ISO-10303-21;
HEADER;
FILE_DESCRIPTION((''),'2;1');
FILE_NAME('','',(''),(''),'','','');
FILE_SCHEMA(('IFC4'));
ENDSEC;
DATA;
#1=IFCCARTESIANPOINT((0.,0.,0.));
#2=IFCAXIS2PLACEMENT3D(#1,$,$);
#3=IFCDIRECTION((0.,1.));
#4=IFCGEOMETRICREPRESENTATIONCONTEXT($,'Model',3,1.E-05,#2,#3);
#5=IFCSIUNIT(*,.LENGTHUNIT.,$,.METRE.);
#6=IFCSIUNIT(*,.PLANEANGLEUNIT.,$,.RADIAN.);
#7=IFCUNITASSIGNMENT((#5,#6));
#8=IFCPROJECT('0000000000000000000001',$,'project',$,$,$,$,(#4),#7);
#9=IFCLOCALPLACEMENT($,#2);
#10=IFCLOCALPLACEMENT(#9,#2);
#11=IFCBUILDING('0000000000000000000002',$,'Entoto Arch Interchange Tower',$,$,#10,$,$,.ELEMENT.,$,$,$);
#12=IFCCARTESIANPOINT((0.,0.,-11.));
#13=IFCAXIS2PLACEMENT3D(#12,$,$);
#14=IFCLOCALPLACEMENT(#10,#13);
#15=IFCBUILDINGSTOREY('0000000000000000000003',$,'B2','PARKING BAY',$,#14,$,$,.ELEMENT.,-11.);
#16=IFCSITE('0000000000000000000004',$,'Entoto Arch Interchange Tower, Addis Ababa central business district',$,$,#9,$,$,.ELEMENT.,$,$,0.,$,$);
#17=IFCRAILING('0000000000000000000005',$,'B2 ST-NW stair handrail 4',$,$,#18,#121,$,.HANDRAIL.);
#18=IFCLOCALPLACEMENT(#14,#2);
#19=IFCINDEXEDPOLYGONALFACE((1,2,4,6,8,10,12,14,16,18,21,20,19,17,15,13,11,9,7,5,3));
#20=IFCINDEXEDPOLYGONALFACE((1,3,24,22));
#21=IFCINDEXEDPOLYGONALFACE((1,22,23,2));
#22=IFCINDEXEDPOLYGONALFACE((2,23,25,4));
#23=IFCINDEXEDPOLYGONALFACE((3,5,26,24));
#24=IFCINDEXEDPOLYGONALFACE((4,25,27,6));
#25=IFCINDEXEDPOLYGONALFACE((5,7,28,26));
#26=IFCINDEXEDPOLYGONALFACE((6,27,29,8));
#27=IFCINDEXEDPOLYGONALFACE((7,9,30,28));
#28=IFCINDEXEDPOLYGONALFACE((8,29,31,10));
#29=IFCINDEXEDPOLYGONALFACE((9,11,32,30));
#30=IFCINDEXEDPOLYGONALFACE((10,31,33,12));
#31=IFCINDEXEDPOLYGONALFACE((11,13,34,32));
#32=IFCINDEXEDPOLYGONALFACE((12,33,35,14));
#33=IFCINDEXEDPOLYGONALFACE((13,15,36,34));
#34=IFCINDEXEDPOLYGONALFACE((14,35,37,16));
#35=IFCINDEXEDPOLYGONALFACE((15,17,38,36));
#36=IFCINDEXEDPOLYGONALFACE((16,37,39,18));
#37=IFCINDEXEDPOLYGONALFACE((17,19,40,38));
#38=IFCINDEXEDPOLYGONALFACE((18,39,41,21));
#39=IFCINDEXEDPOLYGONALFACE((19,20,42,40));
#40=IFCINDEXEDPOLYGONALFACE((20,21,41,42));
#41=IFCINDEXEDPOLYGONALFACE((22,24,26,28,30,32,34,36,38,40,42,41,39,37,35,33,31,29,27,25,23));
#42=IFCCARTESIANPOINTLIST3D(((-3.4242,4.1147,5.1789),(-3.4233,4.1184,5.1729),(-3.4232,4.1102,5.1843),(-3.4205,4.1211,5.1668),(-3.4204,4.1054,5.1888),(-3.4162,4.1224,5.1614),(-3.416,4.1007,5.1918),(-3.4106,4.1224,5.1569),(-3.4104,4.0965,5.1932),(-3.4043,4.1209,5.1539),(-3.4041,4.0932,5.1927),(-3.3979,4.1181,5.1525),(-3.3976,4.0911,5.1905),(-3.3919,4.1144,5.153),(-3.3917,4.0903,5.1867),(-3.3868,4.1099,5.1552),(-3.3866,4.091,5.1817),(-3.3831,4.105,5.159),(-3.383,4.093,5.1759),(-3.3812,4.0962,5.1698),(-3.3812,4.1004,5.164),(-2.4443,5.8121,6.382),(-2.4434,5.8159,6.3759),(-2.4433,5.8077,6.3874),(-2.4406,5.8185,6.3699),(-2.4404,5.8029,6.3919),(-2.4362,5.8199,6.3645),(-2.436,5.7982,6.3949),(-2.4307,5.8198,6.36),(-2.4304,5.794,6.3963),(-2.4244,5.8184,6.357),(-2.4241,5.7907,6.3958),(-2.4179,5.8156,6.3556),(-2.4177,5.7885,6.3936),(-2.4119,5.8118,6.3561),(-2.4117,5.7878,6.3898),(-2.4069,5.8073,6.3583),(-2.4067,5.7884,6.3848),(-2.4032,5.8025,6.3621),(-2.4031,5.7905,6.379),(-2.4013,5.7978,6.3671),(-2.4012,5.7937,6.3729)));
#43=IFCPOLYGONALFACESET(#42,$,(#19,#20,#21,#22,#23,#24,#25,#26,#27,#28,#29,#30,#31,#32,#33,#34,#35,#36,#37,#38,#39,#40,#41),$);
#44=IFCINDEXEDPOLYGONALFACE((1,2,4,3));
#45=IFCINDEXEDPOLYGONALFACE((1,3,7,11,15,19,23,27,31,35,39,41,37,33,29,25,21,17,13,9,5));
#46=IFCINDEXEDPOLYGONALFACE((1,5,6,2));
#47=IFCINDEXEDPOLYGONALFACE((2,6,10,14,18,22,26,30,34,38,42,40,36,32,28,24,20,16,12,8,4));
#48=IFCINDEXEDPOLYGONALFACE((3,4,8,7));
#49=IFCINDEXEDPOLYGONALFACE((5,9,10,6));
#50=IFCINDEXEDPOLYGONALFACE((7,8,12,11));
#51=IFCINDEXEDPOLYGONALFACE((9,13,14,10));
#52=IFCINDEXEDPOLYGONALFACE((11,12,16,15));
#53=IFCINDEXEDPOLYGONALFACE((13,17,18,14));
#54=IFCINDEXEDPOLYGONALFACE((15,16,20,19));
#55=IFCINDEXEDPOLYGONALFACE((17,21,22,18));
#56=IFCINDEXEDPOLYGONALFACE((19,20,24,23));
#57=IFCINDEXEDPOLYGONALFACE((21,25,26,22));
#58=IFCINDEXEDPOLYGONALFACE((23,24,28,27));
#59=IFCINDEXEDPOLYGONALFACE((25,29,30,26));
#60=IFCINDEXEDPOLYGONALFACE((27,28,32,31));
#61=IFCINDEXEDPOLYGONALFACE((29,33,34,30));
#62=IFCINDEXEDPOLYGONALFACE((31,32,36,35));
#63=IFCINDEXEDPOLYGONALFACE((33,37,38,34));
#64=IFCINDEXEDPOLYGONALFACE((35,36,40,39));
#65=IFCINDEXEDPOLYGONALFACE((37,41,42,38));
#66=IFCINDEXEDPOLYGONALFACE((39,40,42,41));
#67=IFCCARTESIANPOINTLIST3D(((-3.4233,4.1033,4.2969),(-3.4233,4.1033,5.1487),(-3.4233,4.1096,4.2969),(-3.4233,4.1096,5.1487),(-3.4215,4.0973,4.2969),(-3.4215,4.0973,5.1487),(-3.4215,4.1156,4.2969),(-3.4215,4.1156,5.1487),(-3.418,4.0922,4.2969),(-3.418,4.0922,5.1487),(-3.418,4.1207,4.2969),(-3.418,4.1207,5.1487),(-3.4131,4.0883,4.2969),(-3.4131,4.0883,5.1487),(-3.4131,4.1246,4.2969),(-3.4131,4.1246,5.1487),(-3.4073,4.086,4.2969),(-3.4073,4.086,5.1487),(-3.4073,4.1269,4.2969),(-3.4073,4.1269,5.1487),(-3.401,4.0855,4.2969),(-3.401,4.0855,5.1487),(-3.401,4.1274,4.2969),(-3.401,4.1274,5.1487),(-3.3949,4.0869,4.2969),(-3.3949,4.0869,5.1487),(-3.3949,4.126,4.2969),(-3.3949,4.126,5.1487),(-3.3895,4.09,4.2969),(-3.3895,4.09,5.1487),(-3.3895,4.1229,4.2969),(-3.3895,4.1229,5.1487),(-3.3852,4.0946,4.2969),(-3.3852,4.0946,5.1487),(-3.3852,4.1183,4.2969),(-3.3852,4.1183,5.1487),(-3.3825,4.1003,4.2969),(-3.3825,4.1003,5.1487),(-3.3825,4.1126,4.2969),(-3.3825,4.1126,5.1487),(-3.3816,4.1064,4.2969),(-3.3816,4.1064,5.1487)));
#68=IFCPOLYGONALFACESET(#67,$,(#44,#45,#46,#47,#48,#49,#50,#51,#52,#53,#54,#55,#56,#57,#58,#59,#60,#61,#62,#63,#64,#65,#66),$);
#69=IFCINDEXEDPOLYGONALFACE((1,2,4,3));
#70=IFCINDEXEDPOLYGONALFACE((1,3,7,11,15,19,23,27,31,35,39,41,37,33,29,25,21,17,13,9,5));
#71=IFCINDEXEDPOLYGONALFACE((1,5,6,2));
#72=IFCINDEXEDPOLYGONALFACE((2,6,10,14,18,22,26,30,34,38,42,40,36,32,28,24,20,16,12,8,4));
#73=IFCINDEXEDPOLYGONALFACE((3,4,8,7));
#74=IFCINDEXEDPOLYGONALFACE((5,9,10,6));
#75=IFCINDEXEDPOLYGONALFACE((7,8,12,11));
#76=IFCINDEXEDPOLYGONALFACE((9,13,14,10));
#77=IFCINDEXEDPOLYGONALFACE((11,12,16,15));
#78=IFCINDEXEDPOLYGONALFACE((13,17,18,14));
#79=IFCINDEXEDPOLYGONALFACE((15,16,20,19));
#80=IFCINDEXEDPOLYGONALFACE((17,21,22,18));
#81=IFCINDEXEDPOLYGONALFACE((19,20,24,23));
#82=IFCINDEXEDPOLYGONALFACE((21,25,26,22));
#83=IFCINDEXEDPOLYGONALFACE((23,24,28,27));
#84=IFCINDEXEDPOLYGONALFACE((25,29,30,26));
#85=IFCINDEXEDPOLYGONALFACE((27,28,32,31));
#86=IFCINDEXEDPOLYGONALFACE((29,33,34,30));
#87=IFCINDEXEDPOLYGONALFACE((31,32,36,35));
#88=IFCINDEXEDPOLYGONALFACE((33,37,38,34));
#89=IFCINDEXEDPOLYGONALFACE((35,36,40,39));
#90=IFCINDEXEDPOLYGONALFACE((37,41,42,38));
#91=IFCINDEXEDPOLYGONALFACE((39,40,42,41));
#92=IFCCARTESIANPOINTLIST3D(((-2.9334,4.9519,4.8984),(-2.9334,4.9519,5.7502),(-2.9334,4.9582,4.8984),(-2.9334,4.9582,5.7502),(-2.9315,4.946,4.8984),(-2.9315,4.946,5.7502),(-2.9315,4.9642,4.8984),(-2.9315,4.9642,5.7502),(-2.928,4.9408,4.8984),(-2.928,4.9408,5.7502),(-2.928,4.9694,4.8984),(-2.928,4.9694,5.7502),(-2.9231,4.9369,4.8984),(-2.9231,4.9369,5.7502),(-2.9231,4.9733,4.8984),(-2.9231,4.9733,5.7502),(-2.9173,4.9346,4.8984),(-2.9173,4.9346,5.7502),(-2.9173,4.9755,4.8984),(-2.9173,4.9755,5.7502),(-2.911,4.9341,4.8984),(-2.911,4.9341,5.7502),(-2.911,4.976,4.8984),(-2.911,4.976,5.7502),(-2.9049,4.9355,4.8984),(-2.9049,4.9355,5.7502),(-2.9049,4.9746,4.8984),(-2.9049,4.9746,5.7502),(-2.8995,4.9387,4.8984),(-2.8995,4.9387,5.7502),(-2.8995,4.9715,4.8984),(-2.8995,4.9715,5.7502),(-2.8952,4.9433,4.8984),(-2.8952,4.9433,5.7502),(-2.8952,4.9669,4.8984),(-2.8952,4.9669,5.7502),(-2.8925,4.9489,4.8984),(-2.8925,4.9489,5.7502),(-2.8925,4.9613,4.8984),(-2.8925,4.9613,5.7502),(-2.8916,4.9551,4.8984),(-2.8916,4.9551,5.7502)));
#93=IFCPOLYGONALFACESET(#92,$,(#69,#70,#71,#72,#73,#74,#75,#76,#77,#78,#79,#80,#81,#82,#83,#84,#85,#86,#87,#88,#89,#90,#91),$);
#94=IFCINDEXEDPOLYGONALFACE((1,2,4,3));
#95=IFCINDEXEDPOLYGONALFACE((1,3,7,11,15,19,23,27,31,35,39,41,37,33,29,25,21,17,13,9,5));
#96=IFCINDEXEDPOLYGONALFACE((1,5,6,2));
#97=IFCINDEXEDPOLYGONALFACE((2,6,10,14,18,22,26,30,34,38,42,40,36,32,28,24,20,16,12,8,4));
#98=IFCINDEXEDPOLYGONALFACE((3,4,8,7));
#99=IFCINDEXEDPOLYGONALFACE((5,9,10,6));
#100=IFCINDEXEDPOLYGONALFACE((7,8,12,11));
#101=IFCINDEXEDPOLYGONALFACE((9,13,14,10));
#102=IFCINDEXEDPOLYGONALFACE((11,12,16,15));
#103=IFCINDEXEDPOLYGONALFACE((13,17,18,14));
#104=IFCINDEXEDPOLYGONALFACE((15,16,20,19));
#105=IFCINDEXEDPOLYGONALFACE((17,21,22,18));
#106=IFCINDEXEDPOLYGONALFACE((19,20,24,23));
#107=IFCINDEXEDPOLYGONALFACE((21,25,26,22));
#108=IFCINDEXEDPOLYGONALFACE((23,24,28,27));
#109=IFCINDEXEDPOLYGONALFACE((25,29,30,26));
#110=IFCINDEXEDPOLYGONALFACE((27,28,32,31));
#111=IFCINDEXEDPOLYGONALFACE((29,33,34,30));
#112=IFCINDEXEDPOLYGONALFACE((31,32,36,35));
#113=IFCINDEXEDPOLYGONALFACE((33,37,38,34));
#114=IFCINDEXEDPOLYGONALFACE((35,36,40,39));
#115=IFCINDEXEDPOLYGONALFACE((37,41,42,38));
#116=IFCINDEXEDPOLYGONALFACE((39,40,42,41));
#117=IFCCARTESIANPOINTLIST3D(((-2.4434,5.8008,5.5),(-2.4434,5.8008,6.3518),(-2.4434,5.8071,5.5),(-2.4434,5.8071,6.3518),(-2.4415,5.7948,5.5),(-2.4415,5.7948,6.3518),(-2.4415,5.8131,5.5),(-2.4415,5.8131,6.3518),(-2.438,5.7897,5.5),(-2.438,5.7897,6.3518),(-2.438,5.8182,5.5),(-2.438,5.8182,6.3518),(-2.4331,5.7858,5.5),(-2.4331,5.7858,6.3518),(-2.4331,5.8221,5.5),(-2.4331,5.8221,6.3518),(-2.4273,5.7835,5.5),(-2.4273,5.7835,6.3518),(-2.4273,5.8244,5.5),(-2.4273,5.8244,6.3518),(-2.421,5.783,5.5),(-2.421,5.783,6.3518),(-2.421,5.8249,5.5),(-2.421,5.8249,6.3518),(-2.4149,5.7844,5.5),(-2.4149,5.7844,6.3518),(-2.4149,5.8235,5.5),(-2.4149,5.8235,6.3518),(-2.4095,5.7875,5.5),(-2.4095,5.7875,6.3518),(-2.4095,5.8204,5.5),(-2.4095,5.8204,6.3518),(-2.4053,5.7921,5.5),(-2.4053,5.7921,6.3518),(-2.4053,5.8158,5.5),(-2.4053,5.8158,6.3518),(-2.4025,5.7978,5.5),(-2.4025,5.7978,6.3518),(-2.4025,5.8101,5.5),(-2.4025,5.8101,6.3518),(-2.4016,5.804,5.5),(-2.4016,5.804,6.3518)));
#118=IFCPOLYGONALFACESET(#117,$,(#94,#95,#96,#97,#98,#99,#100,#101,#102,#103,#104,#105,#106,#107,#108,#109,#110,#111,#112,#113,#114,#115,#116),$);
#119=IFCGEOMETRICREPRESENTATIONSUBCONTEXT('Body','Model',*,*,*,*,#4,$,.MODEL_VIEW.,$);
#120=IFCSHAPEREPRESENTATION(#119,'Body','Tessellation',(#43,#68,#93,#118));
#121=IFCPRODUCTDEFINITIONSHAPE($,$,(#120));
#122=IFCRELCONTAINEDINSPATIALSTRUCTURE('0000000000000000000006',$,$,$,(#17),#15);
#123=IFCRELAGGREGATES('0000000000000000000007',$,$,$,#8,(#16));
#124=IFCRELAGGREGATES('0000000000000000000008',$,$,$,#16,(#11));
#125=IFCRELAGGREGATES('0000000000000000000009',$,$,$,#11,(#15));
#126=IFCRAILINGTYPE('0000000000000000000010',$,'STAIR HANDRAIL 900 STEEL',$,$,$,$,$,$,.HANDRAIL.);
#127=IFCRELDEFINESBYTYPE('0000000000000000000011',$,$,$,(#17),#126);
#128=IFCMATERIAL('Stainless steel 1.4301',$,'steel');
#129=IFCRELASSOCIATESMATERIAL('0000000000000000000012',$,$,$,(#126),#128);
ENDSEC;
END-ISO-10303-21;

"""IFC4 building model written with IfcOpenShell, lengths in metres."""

from ifc_helpers import new_model, si_unit, direction, frame, origin, origin_2d, place, context, subcontext, project, spatial, circle, extrude, material, type_object, element, save


model = new_model("IFC4")

# Units and contexts
model_context = context("Model", 3, precision=1e-05, world=origin(), true_north=direction((0.0, 1.0)))
body_context = subcontext(model_context, "Body", "Model", "MODEL_VIEW")
ifc_project = project(units=[si_unit("LENGTHUNIT", "METRE"), si_unit("PLANEANGLEUNIT", "RADIAN")], contexts=[model_context])

# Site, building, storey
site_placement = place(None, origin())
site = spatial("IfcSite", under=ifc_project, at=site_placement, Name="Entoto Arch Interchange Tower, Addis Ababa central business district", CompositionType="ELEMENT", RefElevation=0.0)
building_placement = place(site_placement, origin())
building = spatial("IfcBuilding", under=site, at=building_placement, Name="Entoto Arch Interchange Tower", CompositionType="ELEMENT")
storey_placement = place(building_placement, frame((0.0, 0.0, -11.0)))
storey = spatial("IfcBuildingStorey", under=building, at=storey_placement, Name="B2", Description="PARKING BAY", CompositionType="ELEMENT", Elevation=-11.0)

# Railing
ifc_material_1 = material(Name="Stainless steel 1.4301", Category="steel")
railing_type_1 = type_object("IfcRailingType", Name="STAIR HANDRAIL 900 STEEL", PredefinedType="HANDRAIL", material=ifc_material_1)
railing_1_placement = place(storey_placement, frame((-3.4026, 4.1064, 4.2969)))
element("IfcRailing", 1, at=railing_1_placement, inside=storey, type_object=railing_type_1, Name="B2 ST-NW stair handrail 4", PredefinedType="HANDRAIL", context=body_context, shape_type="SweptSolid", body=[
    extrude(circle(Radius=0.0239, at=origin_2d()), frame((0.0, 0.0, 0.876), z_axis=(0.426102, 0.738089, 0.523127), x_axis=(-0.866042, 0.49997, 0.0)), (0.0, 0.0, 1.0), 2.2998),
    extrude(circle(Radius=0.021, at=origin_2d()), origin(), (0.0, 0.0, 1.0), 0.8518),
    extrude(circle(Radius=0.021, at=origin_2d()), frame((0.49, 0.8486, 0.6016)), (0.0, 0.0, 1.0), 0.8518),
    extrude(circle(Radius=0.021, at=origin_2d()), frame((0.98, 1.6975, 1.2031)), (0.0, 0.0, 1.0), 0.8518),
])

save(model, "model.ifc")
